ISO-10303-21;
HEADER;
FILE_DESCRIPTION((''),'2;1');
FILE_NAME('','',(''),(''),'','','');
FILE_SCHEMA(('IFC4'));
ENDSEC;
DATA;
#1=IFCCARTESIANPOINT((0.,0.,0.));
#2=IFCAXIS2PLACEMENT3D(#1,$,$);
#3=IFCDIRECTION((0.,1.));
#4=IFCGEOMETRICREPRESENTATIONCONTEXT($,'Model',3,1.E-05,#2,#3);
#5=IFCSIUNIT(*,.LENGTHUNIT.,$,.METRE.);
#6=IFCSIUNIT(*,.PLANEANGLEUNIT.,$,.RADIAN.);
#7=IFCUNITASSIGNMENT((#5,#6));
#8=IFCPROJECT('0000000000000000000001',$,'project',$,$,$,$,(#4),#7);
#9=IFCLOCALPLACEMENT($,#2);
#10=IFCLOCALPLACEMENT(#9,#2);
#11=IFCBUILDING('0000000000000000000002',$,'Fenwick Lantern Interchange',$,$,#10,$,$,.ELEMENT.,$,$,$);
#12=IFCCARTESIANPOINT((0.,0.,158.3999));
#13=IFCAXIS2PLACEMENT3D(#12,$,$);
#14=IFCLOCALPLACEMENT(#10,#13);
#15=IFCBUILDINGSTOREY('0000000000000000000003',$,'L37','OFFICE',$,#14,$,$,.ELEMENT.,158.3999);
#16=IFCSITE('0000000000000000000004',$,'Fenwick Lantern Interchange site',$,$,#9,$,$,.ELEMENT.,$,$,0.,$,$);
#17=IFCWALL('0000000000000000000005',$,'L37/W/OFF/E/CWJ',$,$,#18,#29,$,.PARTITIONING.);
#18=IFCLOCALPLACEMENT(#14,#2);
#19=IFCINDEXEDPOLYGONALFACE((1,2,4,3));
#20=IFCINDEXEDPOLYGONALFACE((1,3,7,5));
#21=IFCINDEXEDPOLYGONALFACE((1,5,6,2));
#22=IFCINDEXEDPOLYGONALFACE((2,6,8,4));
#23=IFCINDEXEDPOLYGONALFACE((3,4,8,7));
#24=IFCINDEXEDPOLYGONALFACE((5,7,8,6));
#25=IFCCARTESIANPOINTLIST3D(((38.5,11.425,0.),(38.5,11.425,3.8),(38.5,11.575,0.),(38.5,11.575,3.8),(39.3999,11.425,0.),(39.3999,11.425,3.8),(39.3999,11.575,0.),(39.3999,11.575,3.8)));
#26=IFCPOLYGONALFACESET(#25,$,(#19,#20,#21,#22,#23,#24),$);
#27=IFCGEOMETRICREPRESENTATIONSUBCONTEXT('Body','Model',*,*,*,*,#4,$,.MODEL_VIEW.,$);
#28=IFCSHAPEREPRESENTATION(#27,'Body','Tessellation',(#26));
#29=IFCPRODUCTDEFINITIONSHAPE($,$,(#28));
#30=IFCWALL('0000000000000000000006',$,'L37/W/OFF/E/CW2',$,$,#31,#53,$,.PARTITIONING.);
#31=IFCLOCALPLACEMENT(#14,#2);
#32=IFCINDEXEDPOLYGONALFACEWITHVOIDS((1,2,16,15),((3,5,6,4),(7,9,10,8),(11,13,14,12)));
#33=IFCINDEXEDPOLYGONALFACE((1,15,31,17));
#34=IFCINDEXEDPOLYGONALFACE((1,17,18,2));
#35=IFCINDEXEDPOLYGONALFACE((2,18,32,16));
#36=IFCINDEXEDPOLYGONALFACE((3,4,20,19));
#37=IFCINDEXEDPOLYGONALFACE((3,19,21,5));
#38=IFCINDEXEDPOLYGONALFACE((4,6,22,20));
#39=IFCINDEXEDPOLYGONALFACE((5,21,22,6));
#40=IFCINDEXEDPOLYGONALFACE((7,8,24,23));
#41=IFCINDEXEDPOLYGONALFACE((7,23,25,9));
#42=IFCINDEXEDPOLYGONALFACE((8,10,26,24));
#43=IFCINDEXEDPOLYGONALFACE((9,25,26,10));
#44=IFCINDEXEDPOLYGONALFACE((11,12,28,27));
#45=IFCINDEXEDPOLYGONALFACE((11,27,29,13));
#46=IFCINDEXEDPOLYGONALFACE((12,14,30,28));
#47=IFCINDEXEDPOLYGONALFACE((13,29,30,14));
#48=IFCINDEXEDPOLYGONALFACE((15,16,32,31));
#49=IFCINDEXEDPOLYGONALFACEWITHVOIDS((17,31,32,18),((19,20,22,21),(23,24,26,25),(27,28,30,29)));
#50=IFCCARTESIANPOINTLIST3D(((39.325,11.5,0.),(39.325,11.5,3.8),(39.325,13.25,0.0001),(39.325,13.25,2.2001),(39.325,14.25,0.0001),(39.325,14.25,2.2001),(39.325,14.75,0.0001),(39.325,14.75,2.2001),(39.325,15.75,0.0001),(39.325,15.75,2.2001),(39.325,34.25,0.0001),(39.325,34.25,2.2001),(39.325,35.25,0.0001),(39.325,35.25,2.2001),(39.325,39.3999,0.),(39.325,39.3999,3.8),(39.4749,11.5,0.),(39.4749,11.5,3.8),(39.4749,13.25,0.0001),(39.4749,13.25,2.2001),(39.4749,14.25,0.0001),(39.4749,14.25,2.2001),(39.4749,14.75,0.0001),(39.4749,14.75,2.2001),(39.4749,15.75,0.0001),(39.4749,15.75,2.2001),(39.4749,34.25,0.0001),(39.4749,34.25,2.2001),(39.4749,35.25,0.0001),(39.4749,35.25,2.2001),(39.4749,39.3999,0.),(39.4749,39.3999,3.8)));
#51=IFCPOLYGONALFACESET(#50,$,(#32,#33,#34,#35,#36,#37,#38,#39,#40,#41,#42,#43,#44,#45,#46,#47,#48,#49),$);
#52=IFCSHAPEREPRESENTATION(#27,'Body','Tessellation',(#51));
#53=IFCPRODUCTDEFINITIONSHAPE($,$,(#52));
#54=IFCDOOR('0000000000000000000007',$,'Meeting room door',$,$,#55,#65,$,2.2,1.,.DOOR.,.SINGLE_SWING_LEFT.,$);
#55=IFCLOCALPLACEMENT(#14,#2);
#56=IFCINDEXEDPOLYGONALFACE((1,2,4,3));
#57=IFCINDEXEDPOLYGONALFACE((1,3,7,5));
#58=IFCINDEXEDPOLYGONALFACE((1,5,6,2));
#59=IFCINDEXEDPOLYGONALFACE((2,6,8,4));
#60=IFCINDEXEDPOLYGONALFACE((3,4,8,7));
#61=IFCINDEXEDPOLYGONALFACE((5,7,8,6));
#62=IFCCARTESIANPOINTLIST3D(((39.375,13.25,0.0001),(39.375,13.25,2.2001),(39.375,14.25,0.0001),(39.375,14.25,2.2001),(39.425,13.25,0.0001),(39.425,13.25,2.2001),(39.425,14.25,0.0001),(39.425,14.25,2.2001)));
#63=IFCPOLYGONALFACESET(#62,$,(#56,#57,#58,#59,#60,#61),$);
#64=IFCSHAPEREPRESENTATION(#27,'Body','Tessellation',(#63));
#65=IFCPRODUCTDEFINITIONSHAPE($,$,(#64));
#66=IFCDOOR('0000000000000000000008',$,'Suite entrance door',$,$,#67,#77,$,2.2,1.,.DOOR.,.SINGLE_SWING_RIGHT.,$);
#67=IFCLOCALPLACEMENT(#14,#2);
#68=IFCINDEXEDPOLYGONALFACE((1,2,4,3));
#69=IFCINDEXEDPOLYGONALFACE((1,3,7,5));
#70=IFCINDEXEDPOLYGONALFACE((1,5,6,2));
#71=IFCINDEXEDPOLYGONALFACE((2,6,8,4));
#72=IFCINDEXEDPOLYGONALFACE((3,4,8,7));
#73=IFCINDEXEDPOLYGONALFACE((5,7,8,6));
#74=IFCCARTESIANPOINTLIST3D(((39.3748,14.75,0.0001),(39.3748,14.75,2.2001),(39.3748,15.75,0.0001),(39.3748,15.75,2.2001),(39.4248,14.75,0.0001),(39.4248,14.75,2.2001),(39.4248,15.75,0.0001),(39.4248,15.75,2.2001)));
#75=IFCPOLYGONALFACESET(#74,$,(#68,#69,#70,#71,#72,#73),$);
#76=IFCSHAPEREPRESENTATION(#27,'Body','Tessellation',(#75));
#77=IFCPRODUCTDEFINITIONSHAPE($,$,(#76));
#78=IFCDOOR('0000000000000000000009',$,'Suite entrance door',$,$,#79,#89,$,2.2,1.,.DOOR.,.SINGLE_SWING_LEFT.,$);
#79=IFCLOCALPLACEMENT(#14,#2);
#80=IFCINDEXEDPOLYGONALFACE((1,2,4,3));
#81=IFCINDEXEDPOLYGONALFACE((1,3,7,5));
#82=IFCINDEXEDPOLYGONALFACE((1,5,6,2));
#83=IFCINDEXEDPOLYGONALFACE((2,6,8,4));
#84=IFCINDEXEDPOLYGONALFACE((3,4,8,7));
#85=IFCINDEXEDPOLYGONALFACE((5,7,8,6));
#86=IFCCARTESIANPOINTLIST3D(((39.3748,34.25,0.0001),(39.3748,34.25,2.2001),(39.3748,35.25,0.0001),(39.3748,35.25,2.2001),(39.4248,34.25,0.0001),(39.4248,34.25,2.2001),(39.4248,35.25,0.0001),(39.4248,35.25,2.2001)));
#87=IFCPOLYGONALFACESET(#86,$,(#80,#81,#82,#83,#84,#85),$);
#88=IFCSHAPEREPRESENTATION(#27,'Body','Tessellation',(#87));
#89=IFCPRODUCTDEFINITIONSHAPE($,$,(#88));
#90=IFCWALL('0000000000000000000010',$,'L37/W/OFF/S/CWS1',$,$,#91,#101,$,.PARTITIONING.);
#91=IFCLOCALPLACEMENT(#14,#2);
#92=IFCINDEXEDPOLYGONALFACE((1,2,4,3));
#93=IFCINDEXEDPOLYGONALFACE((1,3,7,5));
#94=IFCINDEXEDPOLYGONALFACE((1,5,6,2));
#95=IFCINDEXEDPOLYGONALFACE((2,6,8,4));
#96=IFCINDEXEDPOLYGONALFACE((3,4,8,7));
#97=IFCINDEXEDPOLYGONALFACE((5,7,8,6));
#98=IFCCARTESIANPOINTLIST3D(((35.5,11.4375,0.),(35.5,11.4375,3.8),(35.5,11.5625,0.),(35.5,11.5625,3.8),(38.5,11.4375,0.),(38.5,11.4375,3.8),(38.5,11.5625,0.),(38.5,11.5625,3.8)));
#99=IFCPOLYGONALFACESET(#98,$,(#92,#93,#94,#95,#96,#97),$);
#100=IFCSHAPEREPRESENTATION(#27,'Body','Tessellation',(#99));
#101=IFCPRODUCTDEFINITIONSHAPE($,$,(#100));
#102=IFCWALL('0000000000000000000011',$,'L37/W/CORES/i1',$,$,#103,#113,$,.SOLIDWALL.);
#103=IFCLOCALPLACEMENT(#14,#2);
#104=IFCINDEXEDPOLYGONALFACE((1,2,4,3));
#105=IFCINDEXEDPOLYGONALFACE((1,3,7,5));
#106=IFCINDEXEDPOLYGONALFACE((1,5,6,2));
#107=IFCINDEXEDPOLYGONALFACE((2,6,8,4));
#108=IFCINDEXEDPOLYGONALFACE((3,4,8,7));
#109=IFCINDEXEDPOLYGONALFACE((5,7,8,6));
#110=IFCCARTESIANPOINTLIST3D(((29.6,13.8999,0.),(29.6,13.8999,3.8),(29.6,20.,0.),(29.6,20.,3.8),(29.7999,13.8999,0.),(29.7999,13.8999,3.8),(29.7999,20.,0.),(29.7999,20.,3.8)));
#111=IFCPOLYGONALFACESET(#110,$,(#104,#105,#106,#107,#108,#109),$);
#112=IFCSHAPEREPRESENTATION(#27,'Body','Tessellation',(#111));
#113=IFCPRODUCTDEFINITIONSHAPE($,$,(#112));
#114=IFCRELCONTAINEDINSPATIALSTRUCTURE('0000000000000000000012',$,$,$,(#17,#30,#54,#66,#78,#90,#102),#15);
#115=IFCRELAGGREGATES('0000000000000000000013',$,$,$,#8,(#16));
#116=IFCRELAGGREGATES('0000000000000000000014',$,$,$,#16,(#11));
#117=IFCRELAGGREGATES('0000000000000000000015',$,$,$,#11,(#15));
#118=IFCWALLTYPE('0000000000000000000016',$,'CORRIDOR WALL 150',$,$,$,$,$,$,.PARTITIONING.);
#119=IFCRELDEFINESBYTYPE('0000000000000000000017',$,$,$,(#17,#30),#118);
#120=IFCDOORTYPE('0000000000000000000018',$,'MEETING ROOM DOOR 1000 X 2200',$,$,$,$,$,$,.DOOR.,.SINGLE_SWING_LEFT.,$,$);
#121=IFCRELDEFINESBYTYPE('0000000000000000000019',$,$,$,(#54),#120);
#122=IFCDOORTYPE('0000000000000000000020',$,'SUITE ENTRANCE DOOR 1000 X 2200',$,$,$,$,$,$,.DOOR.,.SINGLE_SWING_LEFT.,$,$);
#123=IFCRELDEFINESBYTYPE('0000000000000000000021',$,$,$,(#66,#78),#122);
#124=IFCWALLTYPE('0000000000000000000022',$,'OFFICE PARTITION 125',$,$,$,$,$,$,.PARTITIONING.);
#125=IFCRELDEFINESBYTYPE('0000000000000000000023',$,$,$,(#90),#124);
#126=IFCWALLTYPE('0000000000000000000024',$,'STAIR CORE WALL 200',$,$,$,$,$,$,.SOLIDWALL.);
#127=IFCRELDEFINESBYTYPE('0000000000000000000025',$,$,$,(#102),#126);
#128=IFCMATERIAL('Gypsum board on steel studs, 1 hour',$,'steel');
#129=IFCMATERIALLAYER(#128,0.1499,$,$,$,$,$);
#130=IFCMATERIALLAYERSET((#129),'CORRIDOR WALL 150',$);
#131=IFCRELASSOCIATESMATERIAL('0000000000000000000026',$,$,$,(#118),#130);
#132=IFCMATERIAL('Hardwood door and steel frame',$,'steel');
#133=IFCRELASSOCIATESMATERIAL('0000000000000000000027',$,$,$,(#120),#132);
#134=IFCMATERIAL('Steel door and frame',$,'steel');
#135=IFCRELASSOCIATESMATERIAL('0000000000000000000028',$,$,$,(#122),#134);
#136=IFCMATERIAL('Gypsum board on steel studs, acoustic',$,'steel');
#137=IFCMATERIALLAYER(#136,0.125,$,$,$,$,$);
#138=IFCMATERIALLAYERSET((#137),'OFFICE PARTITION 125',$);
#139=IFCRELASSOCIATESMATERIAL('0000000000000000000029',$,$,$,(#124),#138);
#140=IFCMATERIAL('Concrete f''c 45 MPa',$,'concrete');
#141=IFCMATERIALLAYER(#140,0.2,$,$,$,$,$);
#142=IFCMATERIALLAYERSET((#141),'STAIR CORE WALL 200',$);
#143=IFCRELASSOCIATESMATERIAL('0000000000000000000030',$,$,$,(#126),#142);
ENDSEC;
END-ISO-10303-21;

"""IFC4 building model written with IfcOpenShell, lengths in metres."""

from ifc_helpers import new_model, si_unit, direction, frame, frame_2d, origin, place, context, subcontext, project, spatial, rectangle, extrude, material, layer, layer_set, type_object, element, fill, save


model = new_model("IFC4")

# Units and contexts
model_context = context("Model", 3, precision=1e-05, world=origin(), true_north=direction((0.0, 1.0)))
body_context = subcontext(model_context, "Body", "Model", "MODEL_VIEW")
ifc_project = project(units=[si_unit("LENGTHUNIT", "METRE"), si_unit("PLANEANGLEUNIT", "RADIAN")], contexts=[model_context])

# Site, building, storey
site_placement = place(None, origin())
site = spatial("IfcSite", under=ifc_project, at=site_placement, Name="Fenwick Lantern Interchange site", CompositionType="ELEMENT", RefElevation=0.0)
building_placement = place(site_placement, origin())
building = spatial("IfcBuilding", under=site, at=building_placement, Name="Fenwick Lantern Interchange", CompositionType="ELEMENT")
storey_placement = place(building_placement, frame((0.0, 0.0, 158.3999)))
storey = spatial("IfcBuildingStorey", under=building, at=storey_placement, Name="L37", Description="OFFICE", CompositionType="ELEMENT", Elevation=158.3999)

# Shared definitions
ifc_material_1 = material(Name="Steel door and frame", Category="steel")
ifc_material_2 = material(Name="Hardwood door and steel frame", Category="steel")

# Wall
ifc_material_3 = material(Name="Gypsum board on steel studs, 1 hour", Category="steel")
ifc_layer_1 = layer(ifc_material_3, 0.1499)
ifc_layer_set_1 = layer_set([ifc_layer_1], Name="CORRIDOR WALL 150")
wall_type_1 = type_object("IfcWallType", Name="CORRIDOR WALL 150", PredefinedType="PARTITIONING", material=ifc_layer_set_1)
wall_1_placement = place(storey_placement, frame((38.5, 11.5, 0.0), z_axis=(0.0, 0.0, 1.0), x_axis=(1.0, 0.0, 0.0)))
element("IfcWall", 1, at=wall_1_placement, inside=storey, type_object=wall_type_1, Name="L37/W/OFF/E/CWJ", PredefinedType="PARTITIONING", context=body_context, shape_type="SweptSolid", body=[
    extrude(rectangle(XDim=0.8999, YDim=0.1499, at=frame_2d((0.45, 0.0))), origin(), (0.0, 0.0, 1.0), 3.8),
])

# Wall, openings, doors
wall_2_placement = place(storey_placement, frame((39.3999, 11.5, 0.0), z_axis=(0.0, 0.0, 1.0), x_axis=(0.0, 1.0, 0.0)))
wall_2 = element("IfcWall", 2, at=wall_2_placement, inside=storey, type_object=wall_type_1, Name="L37/W/OFF/E/CW2", PredefinedType="PARTITIONING", context=body_context, shape_type="SweptSolid", body=[
    extrude(rectangle(XDim=27.8999, YDim=0.1499, at=frame_2d((13.95, 0.0))), origin(), (0.0, 0.0, 1.0), 3.8),
])
opening_1_placement = place(wall_2_placement, frame((3.25, 0.0, 0.0)))
opening_1 = element("IfcOpeningElement", 3, at=opening_1_placement, cuts=wall_2, PredefinedType="OPENING", context=body_context, shape_type="SweptSolid", body=[
    extrude(rectangle(XDim=1.0, YDim=2.2, at=frame_2d((0.5, 1.1001))), frame((0.0, 0.085, 0.0), z_axis=(0.0, -1.0, 0.0), x_axis=(1.0, 0.0, 0.0)), (0.0, 0.0, 1.0), 0.1699),
])
opening_2_placement = place(wall_2_placement, frame((22.75, 0.0, 0.0)))
opening_2 = element("IfcOpeningElement", 4, at=opening_2_placement, cuts=wall_2, PredefinedType="OPENING", context=body_context, shape_type="SweptSolid", body=[
    extrude(rectangle(XDim=1.0, YDim=2.2, at=frame_2d((0.5, 1.1001))), frame((0.0, 0.085, 0.0), z_axis=(0.0, -1.0, 0.0), x_axis=(1.0, 0.0, 0.0)), (0.0, 0.0, 1.0), 0.1699),
])
opening_3_placement = place(wall_2_placement, frame((1.75, 0.0, 0.0)))
opening_3 = element("IfcOpeningElement", 5, at=opening_3_placement, cuts=wall_2, PredefinedType="OPENING", context=body_context, shape_type="SweptSolid", body=[
    extrude(rectangle(XDim=1.0, YDim=2.2, at=frame_2d((0.5, 1.1001))), frame((0.0, 0.085, 0.0), z_axis=(0.0, -1.0, 0.0), x_axis=(1.0, 0.0, 0.0)), (0.0, 0.0, 1.0), 0.1699),
])
door_type_1 = type_object("IfcDoorType", Name="MEETING ROOM DOOR 1000 X 2200", OperationType="SINGLE_SWING_LEFT", PredefinedType="DOOR", material=ifc_material_2)
door_1_placement = place(opening_3_placement, origin())
door_1 = element("IfcDoor", 6, at=door_1_placement, inside=storey, type_object=door_type_1, Name="Meeting room door", OperationType="SINGLE_SWING_LEFT", OverallHeight=2.2, OverallWidth=1.0, PredefinedType="DOOR", context=body_context, shape_type="SweptSolid", body=[
    extrude(rectangle(XDim=1.0, YDim=2.2, at=frame_2d((0.5, 1.1001))), frame((0.0, 0.0249, 0.0), z_axis=(0.0, -1.0, 0.0), x_axis=(1.0, 0.0, 0.0)), (0.0, 0.0, 1.0), 0.05),
])
fill(opening_3, door_1)
door_type_2 = type_object("IfcDoorType", Name="SUITE ENTRANCE DOOR 1000 X 2200", OperationType="SINGLE_SWING_LEFT", PredefinedType="DOOR", material=ifc_material_1)
door_2_placement = place(opening_1_placement, frame((1.0, 0.0, 0.0), z_axis=(0.0, 0.0, 1.0), x_axis=(-1.0, 0.0, 0.0)))
door_2 = element("IfcDoor", 7, at=door_2_placement, inside=storey, type_object=door_type_2, Name="Suite entrance door", OperationType="SINGLE_SWING_RIGHT", OverallHeight=2.2, OverallWidth=1.0, PredefinedType="DOOR", context=body_context, shape_type="SweptSolid", body=[
    extrude(rectangle(XDim=1.0, YDim=2.2, at=frame_2d((0.5, 1.1001))), frame((0.0, 0.0249, 0.0), z_axis=(0.0, -1.0, 0.0), x_axis=(1.0, 0.0, 0.0)), (0.0, 0.0, 1.0), 0.05),
])
fill(opening_1, door_2)
door_3_placement = place(opening_2_placement, frame((1.0, 0.0, 0.0), z_axis=(0.0, 0.0, 1.0), x_axis=(-1.0, 0.0, 0.0)))
door_3 = element("IfcDoor", 8, at=door_3_placement, inside=storey, type_object=door_type_2, Name="Suite entrance door", OperationType="SINGLE_SWING_LEFT", OverallHeight=2.2, OverallWidth=1.0, PredefinedType="DOOR", context=body_context, shape_type="SweptSolid", body=[
    extrude(rectangle(XDim=1.0, YDim=2.2, at=frame_2d((0.5, 1.1001))), frame((0.0, 0.0249, 0.0), z_axis=(0.0, -1.0, 0.0), x_axis=(1.0, 0.0, 0.0)), (0.0, 0.0, 1.0), 0.05),
])
fill(opening_2, door_3)

# Walls
ifc_material_4 = material(Name="Gypsum board on steel studs, acoustic", Category="steel")
ifc_layer_2 = layer(ifc_material_4, 0.125)
ifc_layer_set_2 = layer_set([ifc_layer_2], Name="OFFICE PARTITION 125")
wall_type_2 = type_object("IfcWallType", Name="OFFICE PARTITION 125", PredefinedType="PARTITIONING", material=ifc_layer_set_2)
wall_3_placement = place(storey_placement, frame((35.5, 11.5, 0.0), z_axis=(0.0, 0.0, 1.0), x_axis=(1.0, 0.0, 0.0)))
element("IfcWall", 9, at=wall_3_placement, inside=storey, type_object=wall_type_2, Name="L37/W/OFF/S/CWS1", PredefinedType="PARTITIONING", context=body_context, shape_type="SweptSolid", body=[
    extrude(rectangle(XDim=3.0, YDim=0.125, at=frame_2d((1.5, 0.0))), origin(), (0.0, 0.0, 1.0), 3.8),
])
ifc_material_5 = material(Name="Concrete f'c 45 MPa", Category="concrete")
ifc_layer_3 = layer(ifc_material_5, 0.2)
ifc_layer_set_3 = layer_set([ifc_layer_3], Name="STAIR CORE WALL 200")
wall_type_3 = type_object("IfcWallType", Name="STAIR CORE WALL 200", PredefinedType="SOLIDWALL", material=ifc_layer_set_3)
wall_4_placement = place(storey_placement, frame((29.7, 13.8999, 0.0), z_axis=(0.0, 0.0, 1.0), x_axis=(0.0, 1.0, 0.0)))
element("IfcWall", 10, at=wall_4_placement, inside=storey, type_object=wall_type_3, Name="L37/W/CORES/i1", PredefinedType="SOLIDWALL", context=body_context, shape_type="SweptSolid", body=[
    extrude(rectangle(XDim=6.1001, YDim=0.2, at=frame_2d((3.05, 0.0))), origin(), (0.0, 0.0, 1.0), 3.8),
])

save(model, "model.ifc")
